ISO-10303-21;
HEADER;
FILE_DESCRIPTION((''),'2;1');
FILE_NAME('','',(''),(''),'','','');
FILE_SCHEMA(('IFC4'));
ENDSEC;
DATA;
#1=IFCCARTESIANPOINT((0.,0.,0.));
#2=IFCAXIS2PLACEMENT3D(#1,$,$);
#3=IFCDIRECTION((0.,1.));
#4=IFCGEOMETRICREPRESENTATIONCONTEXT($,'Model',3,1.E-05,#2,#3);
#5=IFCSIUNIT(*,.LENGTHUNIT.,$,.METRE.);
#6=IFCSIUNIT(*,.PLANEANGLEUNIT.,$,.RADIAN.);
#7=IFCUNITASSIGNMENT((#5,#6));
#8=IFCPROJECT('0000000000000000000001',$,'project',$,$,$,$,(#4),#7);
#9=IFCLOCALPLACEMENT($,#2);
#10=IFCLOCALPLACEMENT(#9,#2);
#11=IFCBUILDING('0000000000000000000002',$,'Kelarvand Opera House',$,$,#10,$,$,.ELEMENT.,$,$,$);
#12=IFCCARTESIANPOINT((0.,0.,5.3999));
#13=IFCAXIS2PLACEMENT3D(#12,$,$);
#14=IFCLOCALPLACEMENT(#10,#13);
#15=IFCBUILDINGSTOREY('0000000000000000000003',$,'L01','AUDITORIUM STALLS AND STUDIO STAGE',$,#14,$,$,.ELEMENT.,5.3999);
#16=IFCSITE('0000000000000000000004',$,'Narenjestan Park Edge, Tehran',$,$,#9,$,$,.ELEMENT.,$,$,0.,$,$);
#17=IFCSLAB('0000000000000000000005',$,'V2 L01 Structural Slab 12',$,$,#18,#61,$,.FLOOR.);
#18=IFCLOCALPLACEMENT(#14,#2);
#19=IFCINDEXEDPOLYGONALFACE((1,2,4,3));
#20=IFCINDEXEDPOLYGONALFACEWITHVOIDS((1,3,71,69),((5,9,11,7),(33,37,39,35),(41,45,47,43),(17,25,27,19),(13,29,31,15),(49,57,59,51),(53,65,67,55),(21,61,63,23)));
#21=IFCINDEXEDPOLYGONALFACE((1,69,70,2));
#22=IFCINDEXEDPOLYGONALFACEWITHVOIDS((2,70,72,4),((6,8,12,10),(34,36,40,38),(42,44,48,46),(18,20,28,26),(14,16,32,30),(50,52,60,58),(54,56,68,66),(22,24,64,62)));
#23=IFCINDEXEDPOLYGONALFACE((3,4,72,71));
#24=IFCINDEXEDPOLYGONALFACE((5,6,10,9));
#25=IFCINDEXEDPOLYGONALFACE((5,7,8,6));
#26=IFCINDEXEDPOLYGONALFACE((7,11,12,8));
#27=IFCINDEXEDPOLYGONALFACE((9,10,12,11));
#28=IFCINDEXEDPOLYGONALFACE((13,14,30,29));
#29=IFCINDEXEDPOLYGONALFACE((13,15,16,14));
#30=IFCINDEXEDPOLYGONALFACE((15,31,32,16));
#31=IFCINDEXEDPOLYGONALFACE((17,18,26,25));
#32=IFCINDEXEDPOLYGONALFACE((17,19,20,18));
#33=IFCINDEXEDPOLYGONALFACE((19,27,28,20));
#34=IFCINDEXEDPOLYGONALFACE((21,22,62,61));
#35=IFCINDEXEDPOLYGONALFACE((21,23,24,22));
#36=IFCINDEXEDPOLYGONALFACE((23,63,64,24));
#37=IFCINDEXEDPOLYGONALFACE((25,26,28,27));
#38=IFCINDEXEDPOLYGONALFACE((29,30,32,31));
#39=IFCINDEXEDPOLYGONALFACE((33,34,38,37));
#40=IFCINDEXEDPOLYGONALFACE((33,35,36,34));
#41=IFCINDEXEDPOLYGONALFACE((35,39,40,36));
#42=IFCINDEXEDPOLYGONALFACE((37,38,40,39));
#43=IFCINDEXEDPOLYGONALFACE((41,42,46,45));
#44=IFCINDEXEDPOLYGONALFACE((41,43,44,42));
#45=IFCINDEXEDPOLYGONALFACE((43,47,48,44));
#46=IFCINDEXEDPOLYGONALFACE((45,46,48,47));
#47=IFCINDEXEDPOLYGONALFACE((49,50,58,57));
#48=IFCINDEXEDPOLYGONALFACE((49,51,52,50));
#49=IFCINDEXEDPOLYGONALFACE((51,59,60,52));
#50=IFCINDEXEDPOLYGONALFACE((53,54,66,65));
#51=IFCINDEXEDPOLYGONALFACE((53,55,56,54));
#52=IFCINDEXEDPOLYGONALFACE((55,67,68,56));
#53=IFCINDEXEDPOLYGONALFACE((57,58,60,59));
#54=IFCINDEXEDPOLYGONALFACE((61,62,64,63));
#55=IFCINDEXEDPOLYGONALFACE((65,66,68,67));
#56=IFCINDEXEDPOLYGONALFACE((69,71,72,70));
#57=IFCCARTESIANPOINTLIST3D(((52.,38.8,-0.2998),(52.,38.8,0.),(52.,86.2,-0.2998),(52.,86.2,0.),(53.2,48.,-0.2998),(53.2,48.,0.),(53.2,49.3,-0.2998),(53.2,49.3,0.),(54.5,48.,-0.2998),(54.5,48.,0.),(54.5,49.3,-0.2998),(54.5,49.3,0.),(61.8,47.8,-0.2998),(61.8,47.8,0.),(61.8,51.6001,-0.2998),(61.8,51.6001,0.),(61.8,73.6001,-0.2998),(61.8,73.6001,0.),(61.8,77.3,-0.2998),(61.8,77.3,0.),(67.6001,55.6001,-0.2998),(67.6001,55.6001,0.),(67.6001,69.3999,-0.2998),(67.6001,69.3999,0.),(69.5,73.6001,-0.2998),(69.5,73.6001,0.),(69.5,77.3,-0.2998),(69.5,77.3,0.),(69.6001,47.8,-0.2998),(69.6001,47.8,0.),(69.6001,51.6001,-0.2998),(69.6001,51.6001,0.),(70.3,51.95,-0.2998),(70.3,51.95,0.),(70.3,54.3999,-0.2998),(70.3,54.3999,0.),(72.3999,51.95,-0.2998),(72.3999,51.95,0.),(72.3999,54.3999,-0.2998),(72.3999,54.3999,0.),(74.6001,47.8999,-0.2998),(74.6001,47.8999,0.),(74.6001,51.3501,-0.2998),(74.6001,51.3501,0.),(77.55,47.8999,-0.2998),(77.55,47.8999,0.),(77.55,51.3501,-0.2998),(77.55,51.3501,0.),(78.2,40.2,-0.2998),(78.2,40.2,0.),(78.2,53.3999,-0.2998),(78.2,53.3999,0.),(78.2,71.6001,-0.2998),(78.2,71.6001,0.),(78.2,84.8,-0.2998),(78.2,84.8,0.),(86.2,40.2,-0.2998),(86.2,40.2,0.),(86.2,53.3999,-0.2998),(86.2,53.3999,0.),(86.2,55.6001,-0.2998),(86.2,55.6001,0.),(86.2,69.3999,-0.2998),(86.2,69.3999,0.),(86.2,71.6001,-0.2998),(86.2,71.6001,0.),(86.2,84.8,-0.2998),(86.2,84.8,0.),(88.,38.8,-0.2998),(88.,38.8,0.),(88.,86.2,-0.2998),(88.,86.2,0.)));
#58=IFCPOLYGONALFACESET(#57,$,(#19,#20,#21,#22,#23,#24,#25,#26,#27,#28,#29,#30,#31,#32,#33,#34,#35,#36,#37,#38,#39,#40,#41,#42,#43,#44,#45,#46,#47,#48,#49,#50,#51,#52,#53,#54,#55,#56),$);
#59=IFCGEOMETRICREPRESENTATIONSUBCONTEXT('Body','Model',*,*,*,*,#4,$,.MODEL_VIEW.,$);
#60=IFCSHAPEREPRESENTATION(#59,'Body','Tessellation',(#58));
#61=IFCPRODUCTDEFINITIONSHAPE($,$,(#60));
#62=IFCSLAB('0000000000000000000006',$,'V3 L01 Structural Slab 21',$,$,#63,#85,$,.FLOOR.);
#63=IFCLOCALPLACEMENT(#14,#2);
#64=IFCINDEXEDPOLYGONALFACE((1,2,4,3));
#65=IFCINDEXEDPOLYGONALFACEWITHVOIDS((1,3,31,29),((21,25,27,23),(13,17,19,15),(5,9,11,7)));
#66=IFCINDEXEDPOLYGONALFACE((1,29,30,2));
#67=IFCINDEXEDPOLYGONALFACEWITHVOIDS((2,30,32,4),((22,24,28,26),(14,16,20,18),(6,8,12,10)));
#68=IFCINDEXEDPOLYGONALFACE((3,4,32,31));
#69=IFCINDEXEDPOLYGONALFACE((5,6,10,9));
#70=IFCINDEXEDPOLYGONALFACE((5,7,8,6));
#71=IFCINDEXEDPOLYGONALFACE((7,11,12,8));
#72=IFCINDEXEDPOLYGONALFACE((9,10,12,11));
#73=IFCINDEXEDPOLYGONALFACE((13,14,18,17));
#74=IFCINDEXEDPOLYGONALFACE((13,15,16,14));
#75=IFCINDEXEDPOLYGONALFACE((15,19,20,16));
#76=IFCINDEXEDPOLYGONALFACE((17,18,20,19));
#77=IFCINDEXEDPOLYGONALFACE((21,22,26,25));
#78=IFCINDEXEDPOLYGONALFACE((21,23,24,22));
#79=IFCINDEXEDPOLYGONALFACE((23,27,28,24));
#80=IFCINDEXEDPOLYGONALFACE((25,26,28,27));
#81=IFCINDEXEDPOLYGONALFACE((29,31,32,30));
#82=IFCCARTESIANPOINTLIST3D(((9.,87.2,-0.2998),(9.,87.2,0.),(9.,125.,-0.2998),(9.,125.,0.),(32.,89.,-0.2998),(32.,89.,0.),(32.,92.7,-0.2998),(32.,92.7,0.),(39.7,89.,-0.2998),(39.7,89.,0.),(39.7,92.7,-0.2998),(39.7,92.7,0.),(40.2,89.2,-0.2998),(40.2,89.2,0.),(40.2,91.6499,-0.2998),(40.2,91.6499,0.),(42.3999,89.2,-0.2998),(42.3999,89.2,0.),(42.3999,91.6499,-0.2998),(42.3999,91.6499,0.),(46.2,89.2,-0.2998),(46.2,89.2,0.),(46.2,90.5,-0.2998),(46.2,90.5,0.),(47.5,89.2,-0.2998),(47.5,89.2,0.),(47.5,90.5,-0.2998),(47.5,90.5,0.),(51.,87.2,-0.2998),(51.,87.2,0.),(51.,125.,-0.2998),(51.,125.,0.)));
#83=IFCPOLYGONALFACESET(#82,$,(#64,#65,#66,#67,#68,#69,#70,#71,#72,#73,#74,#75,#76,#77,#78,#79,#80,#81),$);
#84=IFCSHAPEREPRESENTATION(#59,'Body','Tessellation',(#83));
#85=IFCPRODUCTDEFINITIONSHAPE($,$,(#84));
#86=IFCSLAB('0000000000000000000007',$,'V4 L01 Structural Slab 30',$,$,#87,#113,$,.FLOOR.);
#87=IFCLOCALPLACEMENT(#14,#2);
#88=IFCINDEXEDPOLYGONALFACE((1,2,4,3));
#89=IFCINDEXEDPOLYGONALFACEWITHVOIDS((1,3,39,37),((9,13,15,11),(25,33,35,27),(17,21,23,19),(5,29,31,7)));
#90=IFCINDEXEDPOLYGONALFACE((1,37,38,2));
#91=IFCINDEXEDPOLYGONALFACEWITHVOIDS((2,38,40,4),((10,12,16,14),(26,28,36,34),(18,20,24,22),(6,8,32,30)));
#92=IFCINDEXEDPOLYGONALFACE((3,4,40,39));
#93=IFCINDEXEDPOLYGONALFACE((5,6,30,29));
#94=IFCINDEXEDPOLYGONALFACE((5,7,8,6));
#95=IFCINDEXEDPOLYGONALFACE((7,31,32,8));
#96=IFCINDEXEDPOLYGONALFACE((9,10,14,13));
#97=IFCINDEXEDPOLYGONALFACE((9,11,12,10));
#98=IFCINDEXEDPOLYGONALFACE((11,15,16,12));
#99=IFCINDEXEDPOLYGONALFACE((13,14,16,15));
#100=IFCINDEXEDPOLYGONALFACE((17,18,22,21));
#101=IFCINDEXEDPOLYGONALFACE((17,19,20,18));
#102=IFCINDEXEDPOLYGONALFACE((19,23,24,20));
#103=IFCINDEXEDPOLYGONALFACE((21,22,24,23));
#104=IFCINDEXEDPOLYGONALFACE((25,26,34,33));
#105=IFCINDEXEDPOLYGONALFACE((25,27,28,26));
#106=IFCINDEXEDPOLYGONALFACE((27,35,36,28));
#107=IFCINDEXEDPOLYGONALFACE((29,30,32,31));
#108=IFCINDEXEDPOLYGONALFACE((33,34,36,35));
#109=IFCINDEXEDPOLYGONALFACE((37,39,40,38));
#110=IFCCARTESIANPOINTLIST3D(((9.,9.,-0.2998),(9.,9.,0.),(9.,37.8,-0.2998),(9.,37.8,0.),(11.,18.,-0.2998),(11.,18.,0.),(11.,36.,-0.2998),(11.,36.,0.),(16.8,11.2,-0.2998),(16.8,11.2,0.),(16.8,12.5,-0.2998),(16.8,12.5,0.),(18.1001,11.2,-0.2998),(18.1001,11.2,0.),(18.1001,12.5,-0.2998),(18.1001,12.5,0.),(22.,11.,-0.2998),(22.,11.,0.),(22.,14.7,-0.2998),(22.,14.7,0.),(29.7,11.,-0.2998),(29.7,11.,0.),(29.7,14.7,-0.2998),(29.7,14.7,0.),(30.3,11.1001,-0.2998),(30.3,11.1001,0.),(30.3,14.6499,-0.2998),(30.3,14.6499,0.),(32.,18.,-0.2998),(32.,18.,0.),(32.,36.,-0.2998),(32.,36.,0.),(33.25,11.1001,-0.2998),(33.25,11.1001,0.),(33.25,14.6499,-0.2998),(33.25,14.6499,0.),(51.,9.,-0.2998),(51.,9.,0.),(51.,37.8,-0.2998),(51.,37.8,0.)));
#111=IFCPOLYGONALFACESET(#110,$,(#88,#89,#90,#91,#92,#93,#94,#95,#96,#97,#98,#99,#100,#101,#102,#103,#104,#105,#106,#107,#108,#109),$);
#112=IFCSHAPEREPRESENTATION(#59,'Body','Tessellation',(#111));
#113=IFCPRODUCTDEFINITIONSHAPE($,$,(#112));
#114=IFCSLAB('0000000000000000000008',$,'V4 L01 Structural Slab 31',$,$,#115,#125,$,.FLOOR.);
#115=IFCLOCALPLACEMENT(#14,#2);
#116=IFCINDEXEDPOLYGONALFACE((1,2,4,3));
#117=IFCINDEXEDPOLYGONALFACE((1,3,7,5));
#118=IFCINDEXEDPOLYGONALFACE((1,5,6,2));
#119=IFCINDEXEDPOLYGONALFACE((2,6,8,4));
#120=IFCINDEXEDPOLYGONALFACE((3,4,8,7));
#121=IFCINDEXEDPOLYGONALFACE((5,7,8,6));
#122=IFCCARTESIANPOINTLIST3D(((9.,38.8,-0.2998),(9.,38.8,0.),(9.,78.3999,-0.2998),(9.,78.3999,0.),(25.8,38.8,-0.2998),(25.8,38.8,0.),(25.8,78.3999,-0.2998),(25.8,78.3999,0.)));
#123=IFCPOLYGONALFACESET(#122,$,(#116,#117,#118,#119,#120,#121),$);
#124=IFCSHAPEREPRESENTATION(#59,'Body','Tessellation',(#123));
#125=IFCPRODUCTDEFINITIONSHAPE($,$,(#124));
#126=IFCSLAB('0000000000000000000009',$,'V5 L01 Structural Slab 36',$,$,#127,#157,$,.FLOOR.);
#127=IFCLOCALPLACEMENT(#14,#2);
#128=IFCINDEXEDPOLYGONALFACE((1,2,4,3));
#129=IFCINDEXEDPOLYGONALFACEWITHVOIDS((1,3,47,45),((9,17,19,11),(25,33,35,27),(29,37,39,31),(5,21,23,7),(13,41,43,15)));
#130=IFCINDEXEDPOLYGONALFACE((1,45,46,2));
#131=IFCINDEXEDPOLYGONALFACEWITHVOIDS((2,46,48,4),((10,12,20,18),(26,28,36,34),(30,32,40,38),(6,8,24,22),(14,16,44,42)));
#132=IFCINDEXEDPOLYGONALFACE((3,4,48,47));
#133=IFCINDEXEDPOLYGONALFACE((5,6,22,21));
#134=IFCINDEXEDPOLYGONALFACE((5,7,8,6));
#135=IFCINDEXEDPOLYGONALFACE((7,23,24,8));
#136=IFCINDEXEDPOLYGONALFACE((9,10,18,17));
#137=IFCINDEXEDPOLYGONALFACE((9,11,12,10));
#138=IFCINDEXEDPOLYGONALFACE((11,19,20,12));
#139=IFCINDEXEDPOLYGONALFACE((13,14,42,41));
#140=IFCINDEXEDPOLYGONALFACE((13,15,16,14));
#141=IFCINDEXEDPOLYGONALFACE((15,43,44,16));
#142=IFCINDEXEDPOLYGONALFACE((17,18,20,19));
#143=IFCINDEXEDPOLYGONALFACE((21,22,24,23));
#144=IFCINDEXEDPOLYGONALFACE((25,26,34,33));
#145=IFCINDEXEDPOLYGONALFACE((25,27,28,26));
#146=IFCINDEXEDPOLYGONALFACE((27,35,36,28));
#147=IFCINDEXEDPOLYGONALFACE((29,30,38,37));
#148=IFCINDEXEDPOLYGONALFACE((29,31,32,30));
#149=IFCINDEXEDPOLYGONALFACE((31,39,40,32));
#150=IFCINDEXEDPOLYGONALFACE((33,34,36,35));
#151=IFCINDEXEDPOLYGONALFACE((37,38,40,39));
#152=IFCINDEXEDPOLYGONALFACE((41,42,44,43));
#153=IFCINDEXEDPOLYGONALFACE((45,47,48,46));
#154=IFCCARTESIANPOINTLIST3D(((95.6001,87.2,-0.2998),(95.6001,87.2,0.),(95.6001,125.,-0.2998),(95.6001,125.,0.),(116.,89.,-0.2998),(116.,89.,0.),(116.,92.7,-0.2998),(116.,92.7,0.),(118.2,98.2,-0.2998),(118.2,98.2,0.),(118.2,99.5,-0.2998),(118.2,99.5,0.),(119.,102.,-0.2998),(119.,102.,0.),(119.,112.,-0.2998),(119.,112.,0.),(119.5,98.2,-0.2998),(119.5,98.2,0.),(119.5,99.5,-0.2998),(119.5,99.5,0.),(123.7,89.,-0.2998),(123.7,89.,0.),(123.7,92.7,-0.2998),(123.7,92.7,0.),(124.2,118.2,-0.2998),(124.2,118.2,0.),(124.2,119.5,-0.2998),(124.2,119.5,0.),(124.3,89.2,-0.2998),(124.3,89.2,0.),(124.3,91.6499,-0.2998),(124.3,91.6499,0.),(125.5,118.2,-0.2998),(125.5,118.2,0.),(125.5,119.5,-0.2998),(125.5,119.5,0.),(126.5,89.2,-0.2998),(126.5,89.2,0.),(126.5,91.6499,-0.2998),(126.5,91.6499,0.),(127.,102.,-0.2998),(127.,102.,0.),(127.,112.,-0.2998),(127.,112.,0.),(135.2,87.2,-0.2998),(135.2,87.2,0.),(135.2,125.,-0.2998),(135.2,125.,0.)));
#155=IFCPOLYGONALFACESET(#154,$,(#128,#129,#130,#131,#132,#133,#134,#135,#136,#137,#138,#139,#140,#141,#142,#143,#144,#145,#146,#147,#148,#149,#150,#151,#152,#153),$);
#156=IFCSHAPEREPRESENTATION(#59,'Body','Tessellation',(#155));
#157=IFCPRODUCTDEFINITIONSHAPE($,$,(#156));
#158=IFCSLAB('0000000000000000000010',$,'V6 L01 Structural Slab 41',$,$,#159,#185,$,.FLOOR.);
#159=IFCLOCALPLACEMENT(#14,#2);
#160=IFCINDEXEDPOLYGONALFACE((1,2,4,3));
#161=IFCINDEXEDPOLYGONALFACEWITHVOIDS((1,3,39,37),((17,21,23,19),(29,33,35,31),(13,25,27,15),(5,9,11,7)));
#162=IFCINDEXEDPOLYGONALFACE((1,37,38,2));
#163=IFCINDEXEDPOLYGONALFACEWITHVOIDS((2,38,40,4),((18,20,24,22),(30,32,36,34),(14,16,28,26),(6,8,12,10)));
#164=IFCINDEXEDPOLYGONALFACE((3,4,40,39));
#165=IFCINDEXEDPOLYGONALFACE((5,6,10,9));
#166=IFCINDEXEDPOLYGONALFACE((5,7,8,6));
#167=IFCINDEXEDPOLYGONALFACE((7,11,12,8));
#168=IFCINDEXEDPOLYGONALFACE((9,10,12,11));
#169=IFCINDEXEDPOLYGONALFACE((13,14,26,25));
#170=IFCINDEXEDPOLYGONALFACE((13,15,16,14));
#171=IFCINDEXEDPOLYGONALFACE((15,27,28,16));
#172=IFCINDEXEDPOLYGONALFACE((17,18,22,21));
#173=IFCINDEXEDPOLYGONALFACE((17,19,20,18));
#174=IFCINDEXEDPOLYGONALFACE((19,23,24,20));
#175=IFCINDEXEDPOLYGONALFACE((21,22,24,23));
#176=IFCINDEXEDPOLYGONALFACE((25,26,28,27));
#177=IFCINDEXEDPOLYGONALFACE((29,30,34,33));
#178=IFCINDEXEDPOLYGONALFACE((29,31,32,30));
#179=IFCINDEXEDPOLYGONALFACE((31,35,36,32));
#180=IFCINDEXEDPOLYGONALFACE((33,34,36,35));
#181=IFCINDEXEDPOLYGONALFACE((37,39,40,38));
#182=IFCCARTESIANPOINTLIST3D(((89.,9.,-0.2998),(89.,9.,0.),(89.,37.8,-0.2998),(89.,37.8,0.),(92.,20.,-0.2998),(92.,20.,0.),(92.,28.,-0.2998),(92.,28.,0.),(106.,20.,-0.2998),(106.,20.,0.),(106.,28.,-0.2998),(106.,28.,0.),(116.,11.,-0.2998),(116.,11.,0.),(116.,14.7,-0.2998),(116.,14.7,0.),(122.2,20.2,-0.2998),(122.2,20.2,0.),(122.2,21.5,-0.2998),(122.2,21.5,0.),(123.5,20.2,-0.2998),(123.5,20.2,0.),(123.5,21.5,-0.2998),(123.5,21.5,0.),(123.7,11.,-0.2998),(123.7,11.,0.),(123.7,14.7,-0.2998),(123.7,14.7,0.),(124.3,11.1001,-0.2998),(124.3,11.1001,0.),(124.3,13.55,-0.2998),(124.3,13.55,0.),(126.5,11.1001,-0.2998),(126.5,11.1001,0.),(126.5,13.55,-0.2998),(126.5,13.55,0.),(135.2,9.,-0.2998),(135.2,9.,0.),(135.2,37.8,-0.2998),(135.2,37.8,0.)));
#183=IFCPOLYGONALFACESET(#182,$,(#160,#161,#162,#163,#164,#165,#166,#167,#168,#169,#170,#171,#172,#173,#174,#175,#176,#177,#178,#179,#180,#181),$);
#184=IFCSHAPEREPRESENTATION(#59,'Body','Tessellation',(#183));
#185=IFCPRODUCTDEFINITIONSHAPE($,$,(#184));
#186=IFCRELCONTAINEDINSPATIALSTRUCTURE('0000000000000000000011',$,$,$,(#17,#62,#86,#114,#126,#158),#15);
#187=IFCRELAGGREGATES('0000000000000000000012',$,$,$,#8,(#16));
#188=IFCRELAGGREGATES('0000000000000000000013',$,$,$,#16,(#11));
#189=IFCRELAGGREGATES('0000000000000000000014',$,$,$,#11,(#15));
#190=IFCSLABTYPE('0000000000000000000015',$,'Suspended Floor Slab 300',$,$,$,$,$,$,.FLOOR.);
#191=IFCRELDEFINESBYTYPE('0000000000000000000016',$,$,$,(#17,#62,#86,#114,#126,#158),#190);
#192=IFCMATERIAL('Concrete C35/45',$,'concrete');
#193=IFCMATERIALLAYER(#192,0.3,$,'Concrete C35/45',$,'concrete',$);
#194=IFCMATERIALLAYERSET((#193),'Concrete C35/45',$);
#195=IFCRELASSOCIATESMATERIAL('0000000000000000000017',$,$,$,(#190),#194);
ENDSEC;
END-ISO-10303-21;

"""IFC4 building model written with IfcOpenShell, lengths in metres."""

from ifc_helpers import new_model, si_unit, direction, frame, origin, place, context, subcontext, project, spatial, polyline, outline, extrude, material, layer, layer_set, type_object, element, save


model = new_model("IFC4")

# Units and contexts
model_context = context("Model", 3, precision=1e-05, world=origin(), true_north=direction((0.0, 1.0)))
body_context = subcontext(model_context, "Body", "Model", "MODEL_VIEW")
ifc_project = project(units=[si_unit("LENGTHUNIT", "METRE"), si_unit("PLANEANGLEUNIT", "RADIAN")], contexts=[model_context])

# Site, building, storey
site_placement = place(None, origin())
site = spatial("IfcSite", under=ifc_project, at=site_placement, Name="Narenjestan Park Edge, Tehran", CompositionType="ELEMENT", RefElevation=0.0)
building_placement = place(site_placement, origin())
building = spatial("IfcBuilding", under=site, at=building_placement, Name="Kelarvand Opera House", CompositionType="ELEMENT")
storey_placement = place(building_placement, frame((0.0, 0.0, 5.3999)))
storey = spatial("IfcBuildingStorey", under=building, at=storey_placement, Name="L01", Description="AUDITORIUM STALLS AND STUDIO STAGE", CompositionType="ELEMENT", Elevation=5.3999)

# Shared definitions
ifc_material_1 = material(Name="Concrete C35/45", Category="concrete")

# Slabs
ifc_layer_1 = layer(ifc_material_1, 0.3, Name="Concrete C35/45", Category="concrete")
ifc_layer_set_1 = layer_set([ifc_layer_1], Name="Concrete C35/45")
slab_type_1 = type_object("IfcSlabType", Name="Suspended Floor Slab 300", PredefinedType="FLOOR", material=ifc_layer_set_1)
slab_1_placement = place(storey_placement, frame((0.0, 0.0, -0.2998)))
element("IfcSlab", 1, at=slab_1_placement, inside=storey, type_object=slab_type_1, Name="V2 L01 Structural Slab 12", PredefinedType="FLOOR", context=body_context, shape_type="SweptSolid", body=[
    extrude(outline(polyline([(88.0, 38.8), (88.0, 86.2), (52.0, 86.2), (52.0, 38.8), (88.0, 38.8)]), holes=[polyline([(86.2, 53.3999), (86.2, 40.2), (78.2, 40.2), (78.2, 53.3999), (86.2, 53.3999)]), polyline([(54.5, 49.3), (54.5, 48.0), (53.2, 48.0), (53.2, 49.3), (54.5, 49.3)]), polyline([(77.55, 51.3501), (77.55, 47.8999), (74.6001, 47.8999), (74.6001, 51.3501), (77.55, 51.3501)]), polyline([(69.6001, 51.6001), (69.6001, 47.8), (61.8, 47.8), (61.8, 51.6001), (69.6001, 51.6001)]), polyline([(72.3999, 54.3999), (72.3999, 51.95), (70.3, 51.95), (70.3, 54.3999), (72.3999, 54.3999)]), polyline([(86.2, 69.3999), (86.2, 55.6001), (67.6001, 55.6001), (67.6001, 69.3999), (86.2, 69.3999)]), polyline([(69.5, 77.3), (69.5, 73.6001), (61.8, 73.6001), (61.8, 77.3), (69.5, 77.3)]), polyline([(86.2, 84.8), (86.2, 71.6001), (78.2, 71.6001), (78.2, 84.8), (86.2, 84.8)])]), origin(), (0.0, 0.0, 1.0), 0.2998),
])
slab_2_placement = place(storey_placement, frame((0.0, 0.0, -0.2998)))
element("IfcSlab", 2, at=slab_2_placement, inside=storey, type_object=slab_type_1, Name="V3 L01 Structural Slab 21", PredefinedType="FLOOR", context=body_context, shape_type="SweptSolid", body=[
    extrude(outline(polyline([(51.0, 87.2), (51.0, 125.0), (9.0, 125.0), (9.0, 87.2), (51.0, 87.2)]), holes=[polyline([(46.2, 89.2), (46.2, 90.5), (47.5, 90.5), (47.5, 89.2), (46.2, 89.2)]), polyline([(40.2, 91.6499), (42.3999, 91.6499), (42.3999, 89.2), (40.2, 89.2), (40.2, 91.6499)]), polyline([(32.0, 92.7), (39.7, 92.7), (39.7, 89.0), (32.0, 89.0), (32.0, 92.7)])]), origin(), (0.0, 0.0, 1.0), 0.2998),
])
slab_3_placement = place(storey_placement, frame((0.0, 0.0, -0.2998)))
element("IfcSlab", 3, at=slab_3_placement, inside=storey, type_object=slab_type_1, Name="V4 L01 Structural Slab 30", PredefinedType="FLOOR", context=body_context, shape_type="SweptSolid", body=[
    extrude(outline(polyline([(9.0, 9.0), (9.0, 37.8), (51.0, 37.8), (51.0, 9.0), (9.0, 9.0)]), holes=[polyline([(16.8, 12.5), (18.1001, 12.5), (18.1001, 11.2), (16.8, 11.2), (16.8, 12.5)]), polyline([(22.0, 14.7), (29.7, 14.7), (29.7, 11.0), (22.0, 11.0), (22.0, 14.7)]), polyline([(30.3, 14.6499), (33.25, 14.6499), (33.25, 11.1001), (30.3, 11.1001), (30.3, 14.6499)]), polyline([(11.0, 36.0), (32.0, 36.0), (32.0, 18.0), (11.0, 18.0), (11.0, 36.0)])]), origin(), (0.0, 0.0, 1.0), 0.2998),
])
slab_4_placement = place(storey_placement, frame((0.0, 0.0, -0.2998)))
element("IfcSlab", 4, at=slab_4_placement, inside=storey, type_object=slab_type_1, Name="V4 L01 Structural Slab 31", PredefinedType="FLOOR", context=body_context, shape_type="SweptSolid", body=[
    extrude(outline(polyline([(9.0, 38.8), (9.0, 78.3999), (25.8, 78.3999), (25.8, 38.8), (9.0, 38.8)])), origin(), (0.0, 0.0, 1.0), 0.2998),
])
slab_5_placement = place(storey_placement, frame((0.0, 0.0, -0.2998)))
element("IfcSlab", 5, at=slab_5_placement, inside=storey, type_object=slab_type_1, Name="V5 L01 Structural Slab 36", PredefinedType="FLOOR", context=body_context, shape_type="SweptSolid", body=[
    extrude(outline(polyline([(135.2, 87.2), (135.2, 125.0), (95.6001, 125.0), (95.6001, 87.2), (135.2, 87.2)]), holes=[polyline([(124.3, 91.6499), (126.5, 91.6499), (126.5, 89.2), (124.3, 89.2), (124.3, 91.6499)]), polyline([(116.0, 92.7), (123.7, 92.7), (123.7, 89.0), (116.0, 89.0), (116.0, 92.7)]), polyline([(118.2, 99.5), (119.5, 99.5), (119.5, 98.2), (118.2, 98.2), (118.2, 99.5)]), polyline([(127.0, 112.0), (127.0, 102.0), (119.0, 102.0), (119.0, 112.0), (127.0, 112.0)]), polyline([(125.5, 119.5), (125.5, 118.2), (124.2, 118.2), (124.2, 119.5), (125.5, 119.5)])]), origin(), (0.0, 0.0, 1.0), 0.2998),
])
slab_6_placement = place(storey_placement, frame((0.0, 0.0, -0.2998)))
element("IfcSlab", 6, at=slab_6_placement, inside=storey, type_object=slab_type_1, Name="V6 L01 Structural Slab 41", PredefinedType="FLOOR", context=body_context, shape_type="SweptSolid", body=[
    extrude(outline(polyline([(135.2, 9.0), (135.2, 37.8), (89.0, 37.8), (89.0, 9.0), (135.2, 9.0)]), holes=[polyline([(124.3, 13.55), (126.5, 13.55), (126.5, 11.1001), (124.3, 11.1001), (124.3, 13.55)]), polyline([(116.0, 14.7), (123.7, 14.7), (123.7, 11.0), (116.0, 11.0), (116.0, 14.7)]), polyline([(122.2, 21.5), (123.5, 21.5), (123.5, 20.2), (122.2, 20.2), (122.2, 21.5)]), polyline([(92.0, 28.0), (106.0, 28.0), (106.0, 20.0), (92.0, 20.0), (92.0, 28.0)])]), origin(), (0.0, 0.0, 1.0), 0.2998),
])

save(model, "model.ifc")
